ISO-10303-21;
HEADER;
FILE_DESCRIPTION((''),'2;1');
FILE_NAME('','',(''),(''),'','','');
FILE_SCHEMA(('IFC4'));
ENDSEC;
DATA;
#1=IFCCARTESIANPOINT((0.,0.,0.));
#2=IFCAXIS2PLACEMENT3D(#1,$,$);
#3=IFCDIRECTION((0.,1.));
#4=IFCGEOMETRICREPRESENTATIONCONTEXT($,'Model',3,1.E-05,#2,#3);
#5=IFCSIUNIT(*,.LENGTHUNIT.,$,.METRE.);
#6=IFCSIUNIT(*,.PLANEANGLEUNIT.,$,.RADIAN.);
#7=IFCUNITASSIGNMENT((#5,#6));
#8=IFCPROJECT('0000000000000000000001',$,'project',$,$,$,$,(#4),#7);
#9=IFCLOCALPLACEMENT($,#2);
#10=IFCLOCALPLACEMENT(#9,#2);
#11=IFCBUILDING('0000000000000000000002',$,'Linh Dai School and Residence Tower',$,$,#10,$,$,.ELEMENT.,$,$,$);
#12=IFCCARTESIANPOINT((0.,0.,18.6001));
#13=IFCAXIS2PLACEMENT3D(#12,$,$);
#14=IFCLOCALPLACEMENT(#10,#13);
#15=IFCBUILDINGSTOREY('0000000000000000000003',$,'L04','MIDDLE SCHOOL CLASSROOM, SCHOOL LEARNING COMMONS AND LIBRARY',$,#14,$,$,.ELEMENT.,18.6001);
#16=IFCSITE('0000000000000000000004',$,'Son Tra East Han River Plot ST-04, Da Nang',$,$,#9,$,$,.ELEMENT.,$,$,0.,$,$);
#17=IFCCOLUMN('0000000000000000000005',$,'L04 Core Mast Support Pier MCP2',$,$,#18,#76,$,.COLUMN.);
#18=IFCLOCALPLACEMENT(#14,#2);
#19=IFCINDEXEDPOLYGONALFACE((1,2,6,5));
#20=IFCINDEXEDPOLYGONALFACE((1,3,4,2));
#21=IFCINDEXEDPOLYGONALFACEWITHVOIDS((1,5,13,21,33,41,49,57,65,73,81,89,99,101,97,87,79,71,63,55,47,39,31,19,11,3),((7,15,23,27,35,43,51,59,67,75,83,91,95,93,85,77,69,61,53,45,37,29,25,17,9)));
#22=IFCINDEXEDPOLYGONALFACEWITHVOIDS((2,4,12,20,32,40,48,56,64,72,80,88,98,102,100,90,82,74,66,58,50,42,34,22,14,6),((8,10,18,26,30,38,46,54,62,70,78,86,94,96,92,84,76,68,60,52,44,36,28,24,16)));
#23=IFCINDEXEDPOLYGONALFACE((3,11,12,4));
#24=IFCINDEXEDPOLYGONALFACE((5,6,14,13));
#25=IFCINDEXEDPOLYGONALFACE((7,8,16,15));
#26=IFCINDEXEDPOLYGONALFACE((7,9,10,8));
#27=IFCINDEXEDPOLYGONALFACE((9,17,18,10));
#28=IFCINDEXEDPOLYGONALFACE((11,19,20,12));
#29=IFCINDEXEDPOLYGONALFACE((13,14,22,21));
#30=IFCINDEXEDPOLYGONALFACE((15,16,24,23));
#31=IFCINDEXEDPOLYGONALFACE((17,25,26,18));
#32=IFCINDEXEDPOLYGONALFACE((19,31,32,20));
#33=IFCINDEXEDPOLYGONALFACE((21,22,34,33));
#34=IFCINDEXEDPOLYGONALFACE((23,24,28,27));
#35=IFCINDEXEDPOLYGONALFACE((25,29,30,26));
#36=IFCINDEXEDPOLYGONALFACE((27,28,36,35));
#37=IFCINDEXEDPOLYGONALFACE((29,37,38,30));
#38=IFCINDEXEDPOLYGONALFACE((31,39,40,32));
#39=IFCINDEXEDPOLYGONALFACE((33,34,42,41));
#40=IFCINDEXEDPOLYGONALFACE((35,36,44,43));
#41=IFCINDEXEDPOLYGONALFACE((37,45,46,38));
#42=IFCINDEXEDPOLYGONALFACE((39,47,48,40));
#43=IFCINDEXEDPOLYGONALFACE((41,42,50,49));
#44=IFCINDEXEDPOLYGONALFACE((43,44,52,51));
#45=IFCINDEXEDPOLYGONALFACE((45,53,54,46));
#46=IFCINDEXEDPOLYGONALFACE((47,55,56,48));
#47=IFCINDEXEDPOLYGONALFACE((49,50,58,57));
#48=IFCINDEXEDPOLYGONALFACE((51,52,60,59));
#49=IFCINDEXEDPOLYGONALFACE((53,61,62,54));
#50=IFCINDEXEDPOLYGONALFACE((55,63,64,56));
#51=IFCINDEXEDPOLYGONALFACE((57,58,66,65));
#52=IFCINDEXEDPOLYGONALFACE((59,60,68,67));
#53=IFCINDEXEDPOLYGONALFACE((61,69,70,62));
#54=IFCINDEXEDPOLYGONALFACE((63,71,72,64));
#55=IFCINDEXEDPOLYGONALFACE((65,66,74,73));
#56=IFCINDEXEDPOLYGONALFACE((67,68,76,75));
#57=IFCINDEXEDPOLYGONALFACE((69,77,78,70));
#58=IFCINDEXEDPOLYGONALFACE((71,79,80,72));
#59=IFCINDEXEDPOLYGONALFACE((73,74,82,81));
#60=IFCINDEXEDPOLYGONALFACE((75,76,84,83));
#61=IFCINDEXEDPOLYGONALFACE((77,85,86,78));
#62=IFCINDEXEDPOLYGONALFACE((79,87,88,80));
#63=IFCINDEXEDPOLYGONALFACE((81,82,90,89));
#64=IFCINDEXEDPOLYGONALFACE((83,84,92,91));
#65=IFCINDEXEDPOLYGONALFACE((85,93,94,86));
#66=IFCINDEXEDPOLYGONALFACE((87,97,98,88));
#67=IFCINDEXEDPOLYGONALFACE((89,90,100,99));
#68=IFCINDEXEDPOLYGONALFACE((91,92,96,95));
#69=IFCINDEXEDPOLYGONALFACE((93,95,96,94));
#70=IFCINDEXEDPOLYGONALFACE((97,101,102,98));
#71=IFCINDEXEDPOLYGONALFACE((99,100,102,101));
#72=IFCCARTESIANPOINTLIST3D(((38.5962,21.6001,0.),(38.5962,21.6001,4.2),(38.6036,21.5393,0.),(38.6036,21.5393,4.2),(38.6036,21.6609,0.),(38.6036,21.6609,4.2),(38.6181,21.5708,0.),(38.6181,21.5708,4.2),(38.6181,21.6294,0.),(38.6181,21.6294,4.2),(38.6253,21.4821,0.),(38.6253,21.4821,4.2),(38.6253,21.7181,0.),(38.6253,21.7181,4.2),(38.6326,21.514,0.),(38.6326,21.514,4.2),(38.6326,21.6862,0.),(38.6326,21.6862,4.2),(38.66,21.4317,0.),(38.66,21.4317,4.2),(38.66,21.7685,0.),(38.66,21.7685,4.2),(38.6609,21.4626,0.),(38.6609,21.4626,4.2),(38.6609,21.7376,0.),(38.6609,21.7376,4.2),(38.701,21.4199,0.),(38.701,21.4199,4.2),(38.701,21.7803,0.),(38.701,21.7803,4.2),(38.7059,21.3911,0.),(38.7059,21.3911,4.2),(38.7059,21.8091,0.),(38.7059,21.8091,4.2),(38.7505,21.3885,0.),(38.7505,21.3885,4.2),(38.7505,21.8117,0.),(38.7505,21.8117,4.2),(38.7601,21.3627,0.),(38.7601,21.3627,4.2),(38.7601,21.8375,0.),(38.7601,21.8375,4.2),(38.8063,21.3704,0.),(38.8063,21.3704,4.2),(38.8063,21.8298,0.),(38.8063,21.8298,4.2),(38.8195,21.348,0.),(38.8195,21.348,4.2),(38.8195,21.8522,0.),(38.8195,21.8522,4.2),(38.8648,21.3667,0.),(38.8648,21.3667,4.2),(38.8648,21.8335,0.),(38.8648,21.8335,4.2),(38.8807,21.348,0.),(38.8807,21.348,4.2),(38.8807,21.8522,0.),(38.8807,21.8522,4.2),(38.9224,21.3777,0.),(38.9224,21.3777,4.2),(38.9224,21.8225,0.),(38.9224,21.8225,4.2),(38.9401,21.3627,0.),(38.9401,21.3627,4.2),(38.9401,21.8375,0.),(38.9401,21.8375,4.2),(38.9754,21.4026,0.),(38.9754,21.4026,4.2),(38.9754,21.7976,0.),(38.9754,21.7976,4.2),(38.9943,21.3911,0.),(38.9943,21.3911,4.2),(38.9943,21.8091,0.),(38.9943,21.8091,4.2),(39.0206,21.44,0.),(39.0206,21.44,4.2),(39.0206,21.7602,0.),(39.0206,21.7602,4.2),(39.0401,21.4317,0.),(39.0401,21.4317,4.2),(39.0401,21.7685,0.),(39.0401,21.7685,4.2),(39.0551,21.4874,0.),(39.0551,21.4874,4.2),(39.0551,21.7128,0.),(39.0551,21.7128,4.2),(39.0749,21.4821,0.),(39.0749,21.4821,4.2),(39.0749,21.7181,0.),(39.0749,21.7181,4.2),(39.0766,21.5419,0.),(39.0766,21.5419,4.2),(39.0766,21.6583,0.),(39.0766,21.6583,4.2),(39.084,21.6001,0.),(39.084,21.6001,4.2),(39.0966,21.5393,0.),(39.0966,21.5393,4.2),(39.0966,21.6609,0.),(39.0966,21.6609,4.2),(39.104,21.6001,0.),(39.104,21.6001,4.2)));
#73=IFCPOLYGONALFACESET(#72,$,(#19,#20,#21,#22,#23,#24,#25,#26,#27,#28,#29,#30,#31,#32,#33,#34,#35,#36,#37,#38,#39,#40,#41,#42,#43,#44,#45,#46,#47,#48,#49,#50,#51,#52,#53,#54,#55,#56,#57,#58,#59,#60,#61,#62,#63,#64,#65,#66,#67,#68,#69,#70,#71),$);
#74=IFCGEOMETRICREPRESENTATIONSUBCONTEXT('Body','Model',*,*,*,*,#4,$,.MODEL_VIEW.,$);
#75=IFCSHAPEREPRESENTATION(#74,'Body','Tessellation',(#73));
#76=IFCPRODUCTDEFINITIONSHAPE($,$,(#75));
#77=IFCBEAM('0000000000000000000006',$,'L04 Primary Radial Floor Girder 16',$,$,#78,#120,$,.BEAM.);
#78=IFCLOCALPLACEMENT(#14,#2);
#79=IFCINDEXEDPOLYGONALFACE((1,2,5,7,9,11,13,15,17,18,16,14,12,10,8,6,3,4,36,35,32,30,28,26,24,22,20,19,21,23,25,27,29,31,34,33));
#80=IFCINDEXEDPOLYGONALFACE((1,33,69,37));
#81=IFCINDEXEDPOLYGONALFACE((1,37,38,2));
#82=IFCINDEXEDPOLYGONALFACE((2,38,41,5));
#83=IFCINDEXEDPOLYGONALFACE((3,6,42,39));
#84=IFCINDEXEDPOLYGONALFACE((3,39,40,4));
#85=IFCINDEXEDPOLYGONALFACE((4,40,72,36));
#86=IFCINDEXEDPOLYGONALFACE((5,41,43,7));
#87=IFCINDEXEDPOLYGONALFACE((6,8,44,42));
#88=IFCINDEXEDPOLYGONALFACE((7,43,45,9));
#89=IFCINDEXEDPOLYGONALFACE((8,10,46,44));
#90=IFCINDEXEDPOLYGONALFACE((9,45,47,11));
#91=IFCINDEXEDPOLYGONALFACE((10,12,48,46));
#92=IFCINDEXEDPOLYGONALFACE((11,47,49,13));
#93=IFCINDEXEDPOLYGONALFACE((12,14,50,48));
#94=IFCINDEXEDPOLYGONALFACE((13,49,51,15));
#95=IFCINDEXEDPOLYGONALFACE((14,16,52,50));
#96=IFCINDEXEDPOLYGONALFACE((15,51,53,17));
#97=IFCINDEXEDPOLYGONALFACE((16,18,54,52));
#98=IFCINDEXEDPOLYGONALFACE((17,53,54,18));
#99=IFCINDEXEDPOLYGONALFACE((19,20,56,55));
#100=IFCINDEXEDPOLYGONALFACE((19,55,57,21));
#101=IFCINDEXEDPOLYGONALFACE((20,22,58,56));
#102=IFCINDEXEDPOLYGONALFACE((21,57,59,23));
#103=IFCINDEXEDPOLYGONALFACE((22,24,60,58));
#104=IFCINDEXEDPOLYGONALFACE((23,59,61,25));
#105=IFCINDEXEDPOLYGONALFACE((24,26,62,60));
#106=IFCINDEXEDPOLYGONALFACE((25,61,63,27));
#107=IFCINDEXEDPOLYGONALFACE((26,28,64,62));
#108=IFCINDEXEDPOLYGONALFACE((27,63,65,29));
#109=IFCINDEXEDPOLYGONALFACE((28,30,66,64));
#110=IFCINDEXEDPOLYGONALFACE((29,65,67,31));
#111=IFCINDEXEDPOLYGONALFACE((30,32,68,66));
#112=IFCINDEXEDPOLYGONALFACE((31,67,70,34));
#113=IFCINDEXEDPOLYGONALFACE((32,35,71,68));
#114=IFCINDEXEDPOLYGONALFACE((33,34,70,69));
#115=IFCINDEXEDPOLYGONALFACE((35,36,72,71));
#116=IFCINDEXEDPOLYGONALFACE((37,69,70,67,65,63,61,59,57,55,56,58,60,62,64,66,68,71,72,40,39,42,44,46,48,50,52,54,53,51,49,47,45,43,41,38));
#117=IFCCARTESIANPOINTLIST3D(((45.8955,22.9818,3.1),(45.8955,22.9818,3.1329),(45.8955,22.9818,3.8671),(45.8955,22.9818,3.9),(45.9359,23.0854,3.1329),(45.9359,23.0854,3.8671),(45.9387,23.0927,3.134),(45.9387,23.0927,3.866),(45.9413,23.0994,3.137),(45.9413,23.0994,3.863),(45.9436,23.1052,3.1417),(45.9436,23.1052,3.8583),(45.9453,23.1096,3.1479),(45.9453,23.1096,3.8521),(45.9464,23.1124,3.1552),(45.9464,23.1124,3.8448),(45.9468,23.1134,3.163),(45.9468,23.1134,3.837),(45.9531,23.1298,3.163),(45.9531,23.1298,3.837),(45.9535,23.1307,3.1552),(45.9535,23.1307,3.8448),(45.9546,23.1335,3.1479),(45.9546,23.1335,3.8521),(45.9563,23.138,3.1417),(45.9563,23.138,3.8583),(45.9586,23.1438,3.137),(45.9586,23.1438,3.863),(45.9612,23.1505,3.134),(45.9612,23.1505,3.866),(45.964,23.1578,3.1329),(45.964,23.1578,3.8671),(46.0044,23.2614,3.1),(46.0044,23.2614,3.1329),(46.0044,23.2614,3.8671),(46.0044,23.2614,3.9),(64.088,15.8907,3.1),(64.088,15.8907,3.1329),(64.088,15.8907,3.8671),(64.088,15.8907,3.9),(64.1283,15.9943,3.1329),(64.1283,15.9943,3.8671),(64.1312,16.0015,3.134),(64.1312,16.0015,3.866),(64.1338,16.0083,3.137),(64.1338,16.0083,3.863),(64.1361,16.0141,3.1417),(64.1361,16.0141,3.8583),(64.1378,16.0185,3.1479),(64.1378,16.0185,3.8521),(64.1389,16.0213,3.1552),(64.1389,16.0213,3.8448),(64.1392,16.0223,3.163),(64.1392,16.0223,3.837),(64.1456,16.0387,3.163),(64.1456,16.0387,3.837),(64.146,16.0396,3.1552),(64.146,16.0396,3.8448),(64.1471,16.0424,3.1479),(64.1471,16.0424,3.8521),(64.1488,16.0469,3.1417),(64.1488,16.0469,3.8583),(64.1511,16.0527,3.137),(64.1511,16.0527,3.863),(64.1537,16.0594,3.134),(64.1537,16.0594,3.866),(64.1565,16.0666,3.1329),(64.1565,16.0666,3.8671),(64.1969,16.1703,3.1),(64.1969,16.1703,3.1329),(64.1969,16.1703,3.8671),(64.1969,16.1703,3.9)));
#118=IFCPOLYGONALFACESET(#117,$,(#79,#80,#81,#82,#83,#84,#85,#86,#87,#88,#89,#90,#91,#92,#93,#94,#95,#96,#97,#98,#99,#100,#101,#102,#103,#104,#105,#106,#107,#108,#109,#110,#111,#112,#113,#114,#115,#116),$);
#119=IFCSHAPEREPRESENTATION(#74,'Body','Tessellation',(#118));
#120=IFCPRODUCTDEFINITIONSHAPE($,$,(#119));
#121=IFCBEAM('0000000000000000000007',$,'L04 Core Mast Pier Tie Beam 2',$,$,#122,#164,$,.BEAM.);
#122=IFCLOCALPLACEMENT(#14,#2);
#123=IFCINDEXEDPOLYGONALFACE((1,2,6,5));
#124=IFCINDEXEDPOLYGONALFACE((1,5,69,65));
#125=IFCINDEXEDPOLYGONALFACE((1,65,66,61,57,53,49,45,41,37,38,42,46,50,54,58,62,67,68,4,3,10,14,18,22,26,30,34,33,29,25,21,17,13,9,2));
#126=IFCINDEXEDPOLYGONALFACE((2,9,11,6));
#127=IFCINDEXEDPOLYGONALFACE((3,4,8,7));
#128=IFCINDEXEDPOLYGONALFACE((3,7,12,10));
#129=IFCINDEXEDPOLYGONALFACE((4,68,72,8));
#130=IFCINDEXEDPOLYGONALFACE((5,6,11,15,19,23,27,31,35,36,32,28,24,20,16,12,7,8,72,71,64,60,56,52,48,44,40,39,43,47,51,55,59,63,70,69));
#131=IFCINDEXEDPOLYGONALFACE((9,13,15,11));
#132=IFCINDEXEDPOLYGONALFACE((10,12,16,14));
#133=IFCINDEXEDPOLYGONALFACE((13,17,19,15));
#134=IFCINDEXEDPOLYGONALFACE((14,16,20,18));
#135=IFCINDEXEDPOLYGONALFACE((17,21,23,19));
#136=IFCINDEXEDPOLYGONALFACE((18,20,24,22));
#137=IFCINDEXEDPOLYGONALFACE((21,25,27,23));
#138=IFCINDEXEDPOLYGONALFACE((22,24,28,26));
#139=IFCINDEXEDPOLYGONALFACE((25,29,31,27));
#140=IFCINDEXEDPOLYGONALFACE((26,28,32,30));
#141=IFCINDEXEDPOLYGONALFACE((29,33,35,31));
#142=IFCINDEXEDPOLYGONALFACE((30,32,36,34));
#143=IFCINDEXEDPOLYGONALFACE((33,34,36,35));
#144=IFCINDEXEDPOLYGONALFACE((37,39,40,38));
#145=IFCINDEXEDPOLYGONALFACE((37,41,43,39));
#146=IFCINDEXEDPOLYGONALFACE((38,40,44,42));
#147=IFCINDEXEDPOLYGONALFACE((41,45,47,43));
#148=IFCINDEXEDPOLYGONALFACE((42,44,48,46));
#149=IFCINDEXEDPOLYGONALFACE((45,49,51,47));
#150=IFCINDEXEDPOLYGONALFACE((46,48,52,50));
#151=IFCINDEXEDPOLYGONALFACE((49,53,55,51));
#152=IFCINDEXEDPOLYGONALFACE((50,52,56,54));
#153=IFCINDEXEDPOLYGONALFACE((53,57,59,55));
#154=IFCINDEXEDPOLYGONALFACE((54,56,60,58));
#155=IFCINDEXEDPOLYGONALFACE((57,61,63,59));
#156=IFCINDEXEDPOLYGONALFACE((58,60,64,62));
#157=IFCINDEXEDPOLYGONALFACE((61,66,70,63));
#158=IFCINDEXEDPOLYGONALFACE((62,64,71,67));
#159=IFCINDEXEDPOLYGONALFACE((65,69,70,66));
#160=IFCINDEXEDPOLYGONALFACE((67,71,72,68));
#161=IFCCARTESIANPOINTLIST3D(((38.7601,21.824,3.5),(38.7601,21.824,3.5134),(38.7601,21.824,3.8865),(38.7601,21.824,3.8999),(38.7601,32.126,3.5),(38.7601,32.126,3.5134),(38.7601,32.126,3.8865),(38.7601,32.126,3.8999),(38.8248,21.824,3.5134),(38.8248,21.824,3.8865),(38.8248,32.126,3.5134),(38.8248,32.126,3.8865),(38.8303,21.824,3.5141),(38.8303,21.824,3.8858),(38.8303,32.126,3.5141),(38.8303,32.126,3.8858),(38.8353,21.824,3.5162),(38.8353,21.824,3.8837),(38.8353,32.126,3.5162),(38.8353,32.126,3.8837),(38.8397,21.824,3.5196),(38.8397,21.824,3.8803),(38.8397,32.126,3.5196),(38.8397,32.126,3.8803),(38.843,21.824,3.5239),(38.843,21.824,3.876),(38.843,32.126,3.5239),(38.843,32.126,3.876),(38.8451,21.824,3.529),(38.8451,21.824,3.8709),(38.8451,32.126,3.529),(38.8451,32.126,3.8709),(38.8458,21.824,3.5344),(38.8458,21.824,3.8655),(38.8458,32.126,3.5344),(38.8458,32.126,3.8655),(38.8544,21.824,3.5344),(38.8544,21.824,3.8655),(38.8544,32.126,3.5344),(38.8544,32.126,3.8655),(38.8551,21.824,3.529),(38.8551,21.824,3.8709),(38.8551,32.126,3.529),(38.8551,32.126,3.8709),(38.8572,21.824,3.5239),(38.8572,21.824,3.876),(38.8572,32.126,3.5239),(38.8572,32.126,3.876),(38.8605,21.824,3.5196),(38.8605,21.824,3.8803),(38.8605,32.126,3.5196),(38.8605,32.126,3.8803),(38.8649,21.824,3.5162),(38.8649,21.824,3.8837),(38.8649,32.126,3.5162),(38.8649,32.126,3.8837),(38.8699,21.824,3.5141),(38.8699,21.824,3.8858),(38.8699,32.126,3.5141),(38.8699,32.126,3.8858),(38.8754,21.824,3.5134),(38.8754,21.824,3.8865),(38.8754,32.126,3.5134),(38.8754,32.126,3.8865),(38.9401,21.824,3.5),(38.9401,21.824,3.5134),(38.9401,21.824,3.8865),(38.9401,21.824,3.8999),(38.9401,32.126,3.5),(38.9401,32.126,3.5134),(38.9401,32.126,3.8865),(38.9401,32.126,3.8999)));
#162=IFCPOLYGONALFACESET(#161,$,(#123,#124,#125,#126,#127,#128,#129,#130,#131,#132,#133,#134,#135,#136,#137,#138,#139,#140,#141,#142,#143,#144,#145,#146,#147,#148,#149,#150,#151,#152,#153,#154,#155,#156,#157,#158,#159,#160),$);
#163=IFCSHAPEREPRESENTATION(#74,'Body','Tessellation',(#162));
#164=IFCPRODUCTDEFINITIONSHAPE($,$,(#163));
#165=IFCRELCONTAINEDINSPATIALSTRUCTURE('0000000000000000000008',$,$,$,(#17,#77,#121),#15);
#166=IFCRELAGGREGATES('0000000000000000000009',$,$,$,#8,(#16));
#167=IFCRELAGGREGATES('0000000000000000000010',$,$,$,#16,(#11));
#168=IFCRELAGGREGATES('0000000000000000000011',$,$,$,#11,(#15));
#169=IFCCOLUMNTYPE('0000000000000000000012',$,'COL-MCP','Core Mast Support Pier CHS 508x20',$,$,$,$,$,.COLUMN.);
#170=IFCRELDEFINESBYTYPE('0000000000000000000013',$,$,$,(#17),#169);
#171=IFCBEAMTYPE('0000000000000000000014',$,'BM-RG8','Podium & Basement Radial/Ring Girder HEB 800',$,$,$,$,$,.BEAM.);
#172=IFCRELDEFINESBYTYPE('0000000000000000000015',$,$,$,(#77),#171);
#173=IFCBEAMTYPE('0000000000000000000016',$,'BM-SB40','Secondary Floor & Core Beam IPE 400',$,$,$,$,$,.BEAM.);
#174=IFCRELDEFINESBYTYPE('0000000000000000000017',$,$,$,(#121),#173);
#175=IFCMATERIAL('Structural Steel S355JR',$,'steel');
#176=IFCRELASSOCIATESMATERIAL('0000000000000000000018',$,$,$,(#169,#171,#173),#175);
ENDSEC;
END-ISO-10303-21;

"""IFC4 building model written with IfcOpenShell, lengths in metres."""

from ifc_helpers import new_model, si_unit, direction, frame, origin, origin_2d, place, context, subcontext, project, spatial, hollow_circle, i_section, extrude, material, material_profile, profile_set, type_object, element, save


model = new_model("IFC4")

# Units and contexts
model_context = context("Model", 3, precision=1e-05, world=origin(), true_north=direction((0.0, 1.0)))
body_context = subcontext(model_context, "Body", "Model", "MODEL_VIEW")
ifc_project = project(units=[si_unit("LENGTHUNIT", "METRE"), si_unit("PLANEANGLEUNIT", "RADIAN")], contexts=[model_context])

# Site, building, storey
site_placement = place(None, origin())
site = spatial("IfcSite", under=ifc_project, at=site_placement, Name="Son Tra East Han River Plot ST-04, Da Nang", CompositionType="ELEMENT", RefElevation=0.0)
building_placement = place(site_placement, origin())
building = spatial("IfcBuilding", under=site, at=building_placement, Name="Linh Dai School and Residence Tower", CompositionType="ELEMENT")
storey_placement = place(building_placement, frame((0.0, 0.0, 18.6001)))
storey = spatial("IfcBuildingStorey", under=building, at=storey_placement, Name="L04", Description="MIDDLE SCHOOL CLASSROOM, SCHOOL LEARNING COMMONS AND LIBRARY", CompositionType="ELEMENT", Elevation=18.6001)

# Column
ifc_material_1 = material(Name="Structural Steel S355JR", Category="steel")
ifc_material_profile_1 = material_profile(ifc_material_1, hollow_circle(Radius=0.2539, WallThickness=0.02, at=origin_2d()), Name="CHS 508x20")
ifc_profile_set_1 = profile_set([ifc_material_profile_1], Name="Structural Steel S355JR")
column_type_1 = type_object("IfcColumnType", Name="COL-MCP", Description="Core Mast Support Pier CHS 508x20", PredefinedType="COLUMN", material=ifc_profile_set_1)
column_placement = place(storey_placement, frame((38.8501, 21.6001, 0.0), z_axis=(0.0, 0.0, 1.0), x_axis=(1.0, 0.0, 0.0)))
element("IfcColumn", 1, at=column_placement, inside=storey, type_object=column_type_1, Name="L04 Core Mast Support Pier MCP2", PredefinedType="COLUMN", context=body_context, shape_type="SweptSolid", body=[
    extrude(hollow_circle(Radius=0.2539, WallThickness=0.02, at=origin_2d()), origin(), (0.0, 0.0, 1.0), 4.2),
])

# Beams
ifc_material_profile_2 = material_profile(ifc_material_1, i_section(OverallWidth=0.3, OverallDepth=0.8, WebThickness=0.0176, FlangeThickness=0.033, FilletRadius=0.03, at=origin_2d()), Name="HEB 800")
ifc_profile_set_2 = profile_set([ifc_material_profile_2], Name="Structural Steel S355JR")
beam_type_1 = type_object("IfcBeamType", Name="BM-RG8", Description="Podium & Basement Radial/Ring Girder HEB 800", PredefinedType="BEAM", material=ifc_profile_set_2)
beam_1_placement = place(storey_placement, frame((45.95, 23.1216, 3.5), z_axis=(0.931723, -0.363169, 0.0), x_axis=(0.363169, 0.931723, 0.0)))
element("IfcBeam", 2, at=beam_1_placement, inside=storey, type_object=beam_type_1, Name="L04 Primary Radial Floor Girder 16", PredefinedType="BEAM", context=body_context, shape_type="SweptSolid", body=[
    extrude(i_section(OverallWidth=0.3, OverallDepth=0.8, WebThickness=0.0176, FlangeThickness=0.033, FilletRadius=0.03, at=origin_2d()), origin(), (0.0, 0.0, 1.0), 19.5256),
])
ifc_material_profile_3 = material_profile(ifc_material_1, i_section(OverallWidth=0.1799, OverallDepth=0.3999, WebThickness=0.0085, FlangeThickness=0.0134, FilletRadius=0.021, at=origin_2d()), Name="IPE 400")
ifc_profile_set_3 = profile_set([ifc_material_profile_3], Name="Structural Steel S355JR")
beam_type_2 = type_object("IfcBeamType", Name="BM-SB40", Description="Secondary Floor & Core Beam IPE 400", PredefinedType="BEAM", material=ifc_profile_set_3)
beam_2_placement = place(storey_placement, frame((38.8501, 21.824, 3.7), z_axis=(0.0, 1.0, 0.0), x_axis=(-1.0, 0.0, 0.0)))
element("IfcBeam", 3, at=beam_2_placement, inside=storey, type_object=beam_type_2, Name="L04 Core Mast Pier Tie Beam 2", PredefinedType="BEAM", context=body_context, shape_type="SweptSolid", body=[
    extrude(i_section(OverallWidth=0.1799, OverallDepth=0.3999, WebThickness=0.0085, FlangeThickness=0.0134, FilletRadius=0.021, at=origin_2d()), origin(), (0.0, 0.0, 1.0), 10.302),
])

save(model, "model.ifc")
